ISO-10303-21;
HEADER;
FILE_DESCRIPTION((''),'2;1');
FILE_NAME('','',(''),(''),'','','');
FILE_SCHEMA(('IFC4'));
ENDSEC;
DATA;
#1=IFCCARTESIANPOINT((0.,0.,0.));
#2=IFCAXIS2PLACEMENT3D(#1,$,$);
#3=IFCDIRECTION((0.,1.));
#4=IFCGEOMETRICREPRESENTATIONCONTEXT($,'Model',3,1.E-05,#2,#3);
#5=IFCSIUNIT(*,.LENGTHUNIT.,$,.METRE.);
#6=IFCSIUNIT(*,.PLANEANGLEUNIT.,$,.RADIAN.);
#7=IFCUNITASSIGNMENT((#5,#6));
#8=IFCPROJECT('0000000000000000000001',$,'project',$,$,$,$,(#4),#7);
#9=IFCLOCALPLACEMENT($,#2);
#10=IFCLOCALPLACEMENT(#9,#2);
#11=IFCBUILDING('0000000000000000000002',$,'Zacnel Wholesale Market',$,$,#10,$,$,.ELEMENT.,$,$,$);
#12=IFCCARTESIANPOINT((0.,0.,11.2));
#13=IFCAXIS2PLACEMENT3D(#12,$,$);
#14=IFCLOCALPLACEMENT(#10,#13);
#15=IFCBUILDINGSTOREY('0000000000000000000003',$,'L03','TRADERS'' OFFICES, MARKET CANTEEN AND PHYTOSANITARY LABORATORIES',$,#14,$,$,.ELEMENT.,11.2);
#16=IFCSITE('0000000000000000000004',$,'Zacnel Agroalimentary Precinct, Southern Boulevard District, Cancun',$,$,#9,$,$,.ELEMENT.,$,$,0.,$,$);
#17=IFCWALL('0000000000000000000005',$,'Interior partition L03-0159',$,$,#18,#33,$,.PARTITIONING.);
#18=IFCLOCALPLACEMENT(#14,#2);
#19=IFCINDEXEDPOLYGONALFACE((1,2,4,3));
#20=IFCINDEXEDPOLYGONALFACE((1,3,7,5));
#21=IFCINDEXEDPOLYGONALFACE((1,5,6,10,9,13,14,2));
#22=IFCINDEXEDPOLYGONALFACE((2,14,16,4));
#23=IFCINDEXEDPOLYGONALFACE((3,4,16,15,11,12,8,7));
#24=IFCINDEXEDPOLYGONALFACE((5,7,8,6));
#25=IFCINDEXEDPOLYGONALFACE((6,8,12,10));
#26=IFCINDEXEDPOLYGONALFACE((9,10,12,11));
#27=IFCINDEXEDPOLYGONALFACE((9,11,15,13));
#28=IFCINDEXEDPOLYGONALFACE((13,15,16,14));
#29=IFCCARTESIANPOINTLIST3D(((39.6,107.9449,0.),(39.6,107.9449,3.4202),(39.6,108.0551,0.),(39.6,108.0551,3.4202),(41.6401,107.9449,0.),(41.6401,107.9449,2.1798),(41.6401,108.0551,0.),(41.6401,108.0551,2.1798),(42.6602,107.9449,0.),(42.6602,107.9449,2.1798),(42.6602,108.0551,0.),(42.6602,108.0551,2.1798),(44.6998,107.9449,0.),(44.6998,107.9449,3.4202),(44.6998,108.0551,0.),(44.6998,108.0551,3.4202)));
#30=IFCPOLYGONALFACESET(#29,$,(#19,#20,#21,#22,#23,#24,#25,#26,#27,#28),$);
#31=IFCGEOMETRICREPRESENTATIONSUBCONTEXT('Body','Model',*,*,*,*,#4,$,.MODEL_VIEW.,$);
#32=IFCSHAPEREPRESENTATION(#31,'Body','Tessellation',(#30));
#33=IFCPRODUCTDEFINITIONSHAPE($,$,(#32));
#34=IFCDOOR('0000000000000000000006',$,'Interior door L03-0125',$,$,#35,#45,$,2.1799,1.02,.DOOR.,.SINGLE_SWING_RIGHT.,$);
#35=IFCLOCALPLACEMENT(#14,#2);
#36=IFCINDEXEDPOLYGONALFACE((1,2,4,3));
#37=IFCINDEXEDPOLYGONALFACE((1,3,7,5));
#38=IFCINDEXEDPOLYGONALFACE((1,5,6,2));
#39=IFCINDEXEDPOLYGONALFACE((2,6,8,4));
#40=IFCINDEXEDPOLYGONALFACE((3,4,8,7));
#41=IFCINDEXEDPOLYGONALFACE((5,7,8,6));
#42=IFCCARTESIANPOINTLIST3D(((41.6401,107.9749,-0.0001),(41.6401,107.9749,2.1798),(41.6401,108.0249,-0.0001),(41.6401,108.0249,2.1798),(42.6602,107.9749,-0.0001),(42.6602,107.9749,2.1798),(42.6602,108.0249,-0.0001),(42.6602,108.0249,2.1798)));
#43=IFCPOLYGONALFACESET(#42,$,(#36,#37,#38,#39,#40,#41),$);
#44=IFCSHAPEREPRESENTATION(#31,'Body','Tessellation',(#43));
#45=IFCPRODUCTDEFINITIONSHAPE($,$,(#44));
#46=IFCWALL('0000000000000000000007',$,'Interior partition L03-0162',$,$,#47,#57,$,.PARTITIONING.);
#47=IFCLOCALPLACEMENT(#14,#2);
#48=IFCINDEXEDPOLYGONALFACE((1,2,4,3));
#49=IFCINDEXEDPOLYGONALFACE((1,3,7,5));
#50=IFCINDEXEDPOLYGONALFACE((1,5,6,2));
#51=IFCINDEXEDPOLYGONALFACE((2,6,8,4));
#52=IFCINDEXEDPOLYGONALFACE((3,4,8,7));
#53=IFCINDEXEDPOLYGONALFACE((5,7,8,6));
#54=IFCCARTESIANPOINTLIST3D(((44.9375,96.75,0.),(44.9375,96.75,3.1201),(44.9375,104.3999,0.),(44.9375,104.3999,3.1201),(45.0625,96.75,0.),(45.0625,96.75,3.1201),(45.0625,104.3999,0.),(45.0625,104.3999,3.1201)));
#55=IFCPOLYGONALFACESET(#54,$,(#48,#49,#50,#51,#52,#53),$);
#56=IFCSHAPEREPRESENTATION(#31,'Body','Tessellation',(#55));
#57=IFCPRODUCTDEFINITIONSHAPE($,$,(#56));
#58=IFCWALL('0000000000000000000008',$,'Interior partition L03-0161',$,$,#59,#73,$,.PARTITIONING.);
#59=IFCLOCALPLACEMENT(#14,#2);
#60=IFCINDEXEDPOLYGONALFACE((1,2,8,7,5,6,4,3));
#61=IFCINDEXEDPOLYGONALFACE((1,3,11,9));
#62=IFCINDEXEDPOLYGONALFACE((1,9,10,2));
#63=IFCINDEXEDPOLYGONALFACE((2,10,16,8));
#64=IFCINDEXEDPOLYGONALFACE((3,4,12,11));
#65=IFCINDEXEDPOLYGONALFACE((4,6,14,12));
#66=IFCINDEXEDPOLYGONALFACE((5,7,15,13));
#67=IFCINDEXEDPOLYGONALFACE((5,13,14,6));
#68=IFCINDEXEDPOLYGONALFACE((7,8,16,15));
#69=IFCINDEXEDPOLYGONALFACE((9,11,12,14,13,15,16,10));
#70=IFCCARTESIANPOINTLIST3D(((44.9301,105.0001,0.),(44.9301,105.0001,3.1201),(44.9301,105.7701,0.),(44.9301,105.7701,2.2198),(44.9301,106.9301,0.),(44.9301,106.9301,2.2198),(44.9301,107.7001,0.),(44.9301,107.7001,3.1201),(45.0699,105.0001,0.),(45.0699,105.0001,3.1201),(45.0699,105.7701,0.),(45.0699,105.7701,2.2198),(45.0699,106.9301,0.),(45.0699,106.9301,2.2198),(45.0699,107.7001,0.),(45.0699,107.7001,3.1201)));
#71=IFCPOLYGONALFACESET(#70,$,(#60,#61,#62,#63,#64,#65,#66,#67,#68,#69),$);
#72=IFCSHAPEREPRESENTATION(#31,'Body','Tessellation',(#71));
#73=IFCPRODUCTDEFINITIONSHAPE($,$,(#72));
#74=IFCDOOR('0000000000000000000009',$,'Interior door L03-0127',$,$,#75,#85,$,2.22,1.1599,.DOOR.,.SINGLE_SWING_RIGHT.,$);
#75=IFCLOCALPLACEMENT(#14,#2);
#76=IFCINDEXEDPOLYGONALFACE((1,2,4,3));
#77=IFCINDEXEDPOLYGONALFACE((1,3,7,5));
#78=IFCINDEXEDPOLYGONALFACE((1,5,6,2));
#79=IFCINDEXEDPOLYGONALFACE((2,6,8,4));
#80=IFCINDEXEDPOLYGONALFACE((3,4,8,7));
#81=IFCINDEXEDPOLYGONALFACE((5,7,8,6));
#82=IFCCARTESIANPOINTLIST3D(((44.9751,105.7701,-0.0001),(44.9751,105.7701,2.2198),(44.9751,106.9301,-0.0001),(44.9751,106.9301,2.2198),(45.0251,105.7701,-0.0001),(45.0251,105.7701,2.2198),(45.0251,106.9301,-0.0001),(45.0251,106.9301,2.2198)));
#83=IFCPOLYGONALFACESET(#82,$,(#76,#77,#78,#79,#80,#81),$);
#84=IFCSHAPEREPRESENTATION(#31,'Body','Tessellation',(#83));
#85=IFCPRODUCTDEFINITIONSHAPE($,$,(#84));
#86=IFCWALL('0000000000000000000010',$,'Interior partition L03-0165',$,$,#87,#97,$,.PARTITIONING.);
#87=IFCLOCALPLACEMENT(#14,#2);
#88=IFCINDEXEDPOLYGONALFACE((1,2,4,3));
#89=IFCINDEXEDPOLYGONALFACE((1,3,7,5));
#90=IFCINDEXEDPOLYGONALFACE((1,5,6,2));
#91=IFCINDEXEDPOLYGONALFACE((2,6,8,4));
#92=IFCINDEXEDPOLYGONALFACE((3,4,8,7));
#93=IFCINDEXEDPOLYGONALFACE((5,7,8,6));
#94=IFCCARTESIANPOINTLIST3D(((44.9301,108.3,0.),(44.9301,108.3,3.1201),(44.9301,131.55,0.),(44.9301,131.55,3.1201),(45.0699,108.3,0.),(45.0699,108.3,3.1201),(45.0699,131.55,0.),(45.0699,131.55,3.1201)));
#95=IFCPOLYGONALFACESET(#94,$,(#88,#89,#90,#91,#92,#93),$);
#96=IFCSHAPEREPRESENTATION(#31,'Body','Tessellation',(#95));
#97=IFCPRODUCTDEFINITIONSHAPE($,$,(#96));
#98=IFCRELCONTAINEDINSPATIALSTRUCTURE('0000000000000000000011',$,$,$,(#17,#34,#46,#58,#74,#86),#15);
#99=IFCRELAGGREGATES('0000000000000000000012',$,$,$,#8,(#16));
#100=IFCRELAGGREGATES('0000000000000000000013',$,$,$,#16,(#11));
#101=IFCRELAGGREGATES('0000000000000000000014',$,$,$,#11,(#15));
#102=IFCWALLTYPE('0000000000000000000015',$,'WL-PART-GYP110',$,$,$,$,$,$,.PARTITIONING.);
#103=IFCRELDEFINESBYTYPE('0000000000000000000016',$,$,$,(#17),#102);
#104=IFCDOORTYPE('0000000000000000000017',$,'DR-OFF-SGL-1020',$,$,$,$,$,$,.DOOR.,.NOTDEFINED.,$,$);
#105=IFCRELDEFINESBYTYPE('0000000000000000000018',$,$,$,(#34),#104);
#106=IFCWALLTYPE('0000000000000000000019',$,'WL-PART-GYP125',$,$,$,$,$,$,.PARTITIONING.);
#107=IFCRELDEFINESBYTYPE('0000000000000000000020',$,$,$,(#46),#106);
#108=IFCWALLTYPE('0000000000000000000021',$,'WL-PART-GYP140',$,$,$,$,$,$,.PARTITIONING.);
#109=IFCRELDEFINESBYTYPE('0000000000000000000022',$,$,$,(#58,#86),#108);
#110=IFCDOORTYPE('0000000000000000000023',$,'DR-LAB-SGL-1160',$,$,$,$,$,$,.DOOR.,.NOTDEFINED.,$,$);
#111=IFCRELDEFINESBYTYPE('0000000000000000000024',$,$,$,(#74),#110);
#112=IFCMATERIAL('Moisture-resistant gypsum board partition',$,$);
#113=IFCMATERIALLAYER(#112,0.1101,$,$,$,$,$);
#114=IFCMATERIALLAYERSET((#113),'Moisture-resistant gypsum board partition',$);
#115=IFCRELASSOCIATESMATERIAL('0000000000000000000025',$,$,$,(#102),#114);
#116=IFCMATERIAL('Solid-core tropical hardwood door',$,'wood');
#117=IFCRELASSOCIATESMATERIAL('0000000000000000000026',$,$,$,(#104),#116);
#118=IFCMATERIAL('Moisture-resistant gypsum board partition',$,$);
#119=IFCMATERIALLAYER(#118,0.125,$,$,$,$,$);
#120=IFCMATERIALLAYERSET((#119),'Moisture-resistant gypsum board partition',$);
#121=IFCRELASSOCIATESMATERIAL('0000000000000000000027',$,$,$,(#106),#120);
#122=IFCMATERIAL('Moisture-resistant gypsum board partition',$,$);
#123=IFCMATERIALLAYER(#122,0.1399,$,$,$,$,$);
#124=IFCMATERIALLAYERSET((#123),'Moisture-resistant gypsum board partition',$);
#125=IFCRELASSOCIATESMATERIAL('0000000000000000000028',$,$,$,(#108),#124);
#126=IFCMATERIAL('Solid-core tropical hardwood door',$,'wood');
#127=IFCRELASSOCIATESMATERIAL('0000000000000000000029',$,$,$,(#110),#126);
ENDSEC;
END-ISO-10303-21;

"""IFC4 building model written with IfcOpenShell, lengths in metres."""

from ifc_helpers import new_model, si_unit, direction, frame, frame_2d, origin, place, context, subcontext, project, spatial, rectangle, extrude, material, layer, layer_set, type_object, element, fill, save


model = new_model("IFC4")

# Units and contexts
model_context = context("Model", 3, precision=1e-05, world=origin(), true_north=direction((0.0, 1.0)))
body_context = subcontext(model_context, "Body", "Model", "MODEL_VIEW")
ifc_project = project(units=[si_unit("LENGTHUNIT", "METRE"), si_unit("PLANEANGLEUNIT", "RADIAN")], contexts=[model_context])

# Site, building, storey
site_placement = place(None, origin())
site = spatial("IfcSite", under=ifc_project, at=site_placement, Name="Zacnel Agroalimentary Precinct, Southern Boulevard District, Cancun", CompositionType="ELEMENT", RefElevation=0.0)
building_placement = place(site_placement, origin())
building = spatial("IfcBuilding", under=site, at=building_placement, Name="Zacnel Wholesale Market", CompositionType="ELEMENT")
storey_placement = place(building_placement, frame((0.0, 0.0, 11.2)))
storey = spatial("IfcBuildingStorey", under=building, at=storey_placement, Name="L03", Description="TRADERS' OFFICES, MARKET CANTEEN AND PHYTOSANITARY LABORATORIES", CompositionType="ELEMENT", Elevation=11.2)

# Wall, opening, door
ifc_material_1 = material(Name="Moisture-resistant gypsum board partition")
ifc_layer_1 = layer(ifc_material_1, 0.1101)
ifc_layer_set_1 = layer_set([ifc_layer_1], Name="Moisture-resistant gypsum board partition")
wall_type_1 = type_object("IfcWallType", Name="WL-PART-GYP110", PredefinedType="PARTITIONING", material=ifc_layer_set_1)
wall_1_placement = place(storey_placement, frame((39.6001, 108.0, 0.0), z_axis=(0.0, 0.0, 1.0), x_axis=(1.0, 0.0, 0.0)))
wall_1 = element("IfcWall", 1, at=wall_1_placement, inside=storey, type_object=wall_type_1, Name="Interior partition L03-0159", PredefinedType="PARTITIONING", context=body_context, shape_type="SweptSolid", body=[
    extrude(rectangle(XDim=5.0999, YDim=0.1101, at=frame_2d((2.5498, 0.0))), origin(), (0.0, 0.0, 1.0), 3.4202),
])
opening_1_placement = place(wall_1_placement, frame((2.04, 0.0, 0.0)))
opening_1 = element("IfcOpeningElement", 2, at=opening_1_placement, cuts=wall_1, PredefinedType="OPENING", context=body_context, shape_type="SweptSolid", body=[
    extrude(rectangle(XDim=1.02, YDim=2.1799, at=frame_2d((0.51, 1.0898))), frame((0.0, 0.0649, 0.0), z_axis=(0.0, -1.0, 0.0), x_axis=(1.0, 0.0, 0.0)), (0.0, 0.0, 1.0), 0.1301),
])
ifc_material_2 = material(Name="Solid-core tropical hardwood door", Category="wood")
door_type_1 = type_object("IfcDoorType", Name="DR-OFF-SGL-1020", OperationType="NOTDEFINED", PredefinedType="DOOR", material=ifc_material_2)
door_1_placement = place(opening_1_placement, origin())
door_1 = element("IfcDoor", 3, at=door_1_placement, inside=storey, type_object=door_type_1, Name="Interior door L03-0125", OperationType="SINGLE_SWING_RIGHT", OverallHeight=2.1799, OverallWidth=1.02, PredefinedType="DOOR", context=body_context, shape_type="SweptSolid", body=[
    extrude(rectangle(XDim=1.02, YDim=2.1799, at=frame_2d((0.51, 1.0898))), frame((0.0, 0.0249, 0.0), z_axis=(0.0, -1.0, 0.0), x_axis=(1.0, 0.0, 0.0)), (0.0, 0.0, 1.0), 0.05),
])
fill(opening_1, door_1)

# Wall
ifc_material_3 = material(Name="Moisture-resistant gypsum board partition")
ifc_layer_2 = layer(ifc_material_3, 0.125)
ifc_layer_set_2 = layer_set([ifc_layer_2], Name="Moisture-resistant gypsum board partition")
wall_type_2 = type_object("IfcWallType", Name="WL-PART-GYP125", PredefinedType="PARTITIONING", material=ifc_layer_set_2)
wall_2_placement = place(storey_placement, frame((45.0, 96.75, 0.0), z_axis=(0.0, 0.0, 1.0), x_axis=(0.0, 1.0, 0.0)))
element("IfcWall", 4, at=wall_2_placement, inside=storey, type_object=wall_type_2, Name="Interior partition L03-0162", PredefinedType="PARTITIONING", context=body_context, shape_type="SweptSolid", body=[
    extrude(rectangle(XDim=7.6499, YDim=0.125, at=frame_2d((3.825, 0.0))), origin(), (0.0, 0.0, 1.0), 3.1201),
])

# Wall, opening, door
ifc_material_4 = material(Name="Moisture-resistant gypsum board partition")
ifc_layer_3 = layer(ifc_material_4, 0.1399)
ifc_layer_set_3 = layer_set([ifc_layer_3], Name="Moisture-resistant gypsum board partition")
wall_type_3 = type_object("IfcWallType", Name="WL-PART-GYP140", PredefinedType="PARTITIONING", material=ifc_layer_set_3)
wall_3_placement = place(storey_placement, frame((45.0, 105.0, 0.0), z_axis=(0.0, 0.0, 1.0), x_axis=(0.0, 1.0, 0.0)))
wall_3 = element("IfcWall", 5, at=wall_3_placement, inside=storey, type_object=wall_type_3, Name="Interior partition L03-0161", PredefinedType="PARTITIONING", context=body_context, shape_type="SweptSolid", body=[
    extrude(rectangle(XDim=2.7, YDim=0.1399, at=frame_2d((1.3501, 0.0))), origin(), (0.0, 0.0, 1.0), 3.1201),
])
opening_2_placement = place(wall_3_placement, frame((0.77, 0.0, 0.0)))
opening_2 = element("IfcOpeningElement", 6, at=opening_2_placement, cuts=wall_3, PredefinedType="OPENING", context=body_context, shape_type="SweptSolid", body=[
    extrude(rectangle(XDim=1.1599, YDim=2.22, at=frame_2d((0.5801, 1.1099))), frame((0.0, 0.0798, 0.0), z_axis=(0.0, -1.0, 0.0), x_axis=(1.0, 0.0, 0.0)), (0.0, 0.0, 1.0), 0.1599),
])
ifc_material_5 = material(Name="Solid-core tropical hardwood door", Category="wood")
door_type_2 = type_object("IfcDoorType", Name="DR-LAB-SGL-1160", OperationType="NOTDEFINED", PredefinedType="DOOR", material=ifc_material_5)
door_2_placement = place(opening_2_placement, origin())
door_2 = element("IfcDoor", 7, at=door_2_placement, inside=storey, type_object=door_type_2, Name="Interior door L03-0127", OperationType="SINGLE_SWING_RIGHT", OverallHeight=2.22, OverallWidth=1.1599, PredefinedType="DOOR", context=body_context, shape_type="SweptSolid", body=[
    extrude(rectangle(XDim=1.1599, YDim=2.22, at=frame_2d((0.5801, 1.1099))), frame((0.0, 0.0249, 0.0), z_axis=(0.0, -1.0, 0.0), x_axis=(1.0, 0.0, 0.0)), (0.0, 0.0, 1.0), 0.05),
])
fill(opening_2, door_2)

# Wall
wall_4_placement = place(storey_placement, frame((45.0, 108.3, 0.0), z_axis=(0.0, 0.0, 1.0), x_axis=(0.0, 1.0, 0.0)))
element("IfcWall", 8, at=wall_4_placement, inside=storey, type_object=wall_type_3, Name="Interior partition L03-0165", PredefinedType="PARTITIONING", context=body_context, shape_type="SweptSolid", body=[
    extrude(rectangle(XDim=23.25, YDim=0.1399, at=frame_2d((11.625, 0.0))), origin(), (0.0, 0.0, 1.0), 3.1201),
])

save(model, "model.ifc")
